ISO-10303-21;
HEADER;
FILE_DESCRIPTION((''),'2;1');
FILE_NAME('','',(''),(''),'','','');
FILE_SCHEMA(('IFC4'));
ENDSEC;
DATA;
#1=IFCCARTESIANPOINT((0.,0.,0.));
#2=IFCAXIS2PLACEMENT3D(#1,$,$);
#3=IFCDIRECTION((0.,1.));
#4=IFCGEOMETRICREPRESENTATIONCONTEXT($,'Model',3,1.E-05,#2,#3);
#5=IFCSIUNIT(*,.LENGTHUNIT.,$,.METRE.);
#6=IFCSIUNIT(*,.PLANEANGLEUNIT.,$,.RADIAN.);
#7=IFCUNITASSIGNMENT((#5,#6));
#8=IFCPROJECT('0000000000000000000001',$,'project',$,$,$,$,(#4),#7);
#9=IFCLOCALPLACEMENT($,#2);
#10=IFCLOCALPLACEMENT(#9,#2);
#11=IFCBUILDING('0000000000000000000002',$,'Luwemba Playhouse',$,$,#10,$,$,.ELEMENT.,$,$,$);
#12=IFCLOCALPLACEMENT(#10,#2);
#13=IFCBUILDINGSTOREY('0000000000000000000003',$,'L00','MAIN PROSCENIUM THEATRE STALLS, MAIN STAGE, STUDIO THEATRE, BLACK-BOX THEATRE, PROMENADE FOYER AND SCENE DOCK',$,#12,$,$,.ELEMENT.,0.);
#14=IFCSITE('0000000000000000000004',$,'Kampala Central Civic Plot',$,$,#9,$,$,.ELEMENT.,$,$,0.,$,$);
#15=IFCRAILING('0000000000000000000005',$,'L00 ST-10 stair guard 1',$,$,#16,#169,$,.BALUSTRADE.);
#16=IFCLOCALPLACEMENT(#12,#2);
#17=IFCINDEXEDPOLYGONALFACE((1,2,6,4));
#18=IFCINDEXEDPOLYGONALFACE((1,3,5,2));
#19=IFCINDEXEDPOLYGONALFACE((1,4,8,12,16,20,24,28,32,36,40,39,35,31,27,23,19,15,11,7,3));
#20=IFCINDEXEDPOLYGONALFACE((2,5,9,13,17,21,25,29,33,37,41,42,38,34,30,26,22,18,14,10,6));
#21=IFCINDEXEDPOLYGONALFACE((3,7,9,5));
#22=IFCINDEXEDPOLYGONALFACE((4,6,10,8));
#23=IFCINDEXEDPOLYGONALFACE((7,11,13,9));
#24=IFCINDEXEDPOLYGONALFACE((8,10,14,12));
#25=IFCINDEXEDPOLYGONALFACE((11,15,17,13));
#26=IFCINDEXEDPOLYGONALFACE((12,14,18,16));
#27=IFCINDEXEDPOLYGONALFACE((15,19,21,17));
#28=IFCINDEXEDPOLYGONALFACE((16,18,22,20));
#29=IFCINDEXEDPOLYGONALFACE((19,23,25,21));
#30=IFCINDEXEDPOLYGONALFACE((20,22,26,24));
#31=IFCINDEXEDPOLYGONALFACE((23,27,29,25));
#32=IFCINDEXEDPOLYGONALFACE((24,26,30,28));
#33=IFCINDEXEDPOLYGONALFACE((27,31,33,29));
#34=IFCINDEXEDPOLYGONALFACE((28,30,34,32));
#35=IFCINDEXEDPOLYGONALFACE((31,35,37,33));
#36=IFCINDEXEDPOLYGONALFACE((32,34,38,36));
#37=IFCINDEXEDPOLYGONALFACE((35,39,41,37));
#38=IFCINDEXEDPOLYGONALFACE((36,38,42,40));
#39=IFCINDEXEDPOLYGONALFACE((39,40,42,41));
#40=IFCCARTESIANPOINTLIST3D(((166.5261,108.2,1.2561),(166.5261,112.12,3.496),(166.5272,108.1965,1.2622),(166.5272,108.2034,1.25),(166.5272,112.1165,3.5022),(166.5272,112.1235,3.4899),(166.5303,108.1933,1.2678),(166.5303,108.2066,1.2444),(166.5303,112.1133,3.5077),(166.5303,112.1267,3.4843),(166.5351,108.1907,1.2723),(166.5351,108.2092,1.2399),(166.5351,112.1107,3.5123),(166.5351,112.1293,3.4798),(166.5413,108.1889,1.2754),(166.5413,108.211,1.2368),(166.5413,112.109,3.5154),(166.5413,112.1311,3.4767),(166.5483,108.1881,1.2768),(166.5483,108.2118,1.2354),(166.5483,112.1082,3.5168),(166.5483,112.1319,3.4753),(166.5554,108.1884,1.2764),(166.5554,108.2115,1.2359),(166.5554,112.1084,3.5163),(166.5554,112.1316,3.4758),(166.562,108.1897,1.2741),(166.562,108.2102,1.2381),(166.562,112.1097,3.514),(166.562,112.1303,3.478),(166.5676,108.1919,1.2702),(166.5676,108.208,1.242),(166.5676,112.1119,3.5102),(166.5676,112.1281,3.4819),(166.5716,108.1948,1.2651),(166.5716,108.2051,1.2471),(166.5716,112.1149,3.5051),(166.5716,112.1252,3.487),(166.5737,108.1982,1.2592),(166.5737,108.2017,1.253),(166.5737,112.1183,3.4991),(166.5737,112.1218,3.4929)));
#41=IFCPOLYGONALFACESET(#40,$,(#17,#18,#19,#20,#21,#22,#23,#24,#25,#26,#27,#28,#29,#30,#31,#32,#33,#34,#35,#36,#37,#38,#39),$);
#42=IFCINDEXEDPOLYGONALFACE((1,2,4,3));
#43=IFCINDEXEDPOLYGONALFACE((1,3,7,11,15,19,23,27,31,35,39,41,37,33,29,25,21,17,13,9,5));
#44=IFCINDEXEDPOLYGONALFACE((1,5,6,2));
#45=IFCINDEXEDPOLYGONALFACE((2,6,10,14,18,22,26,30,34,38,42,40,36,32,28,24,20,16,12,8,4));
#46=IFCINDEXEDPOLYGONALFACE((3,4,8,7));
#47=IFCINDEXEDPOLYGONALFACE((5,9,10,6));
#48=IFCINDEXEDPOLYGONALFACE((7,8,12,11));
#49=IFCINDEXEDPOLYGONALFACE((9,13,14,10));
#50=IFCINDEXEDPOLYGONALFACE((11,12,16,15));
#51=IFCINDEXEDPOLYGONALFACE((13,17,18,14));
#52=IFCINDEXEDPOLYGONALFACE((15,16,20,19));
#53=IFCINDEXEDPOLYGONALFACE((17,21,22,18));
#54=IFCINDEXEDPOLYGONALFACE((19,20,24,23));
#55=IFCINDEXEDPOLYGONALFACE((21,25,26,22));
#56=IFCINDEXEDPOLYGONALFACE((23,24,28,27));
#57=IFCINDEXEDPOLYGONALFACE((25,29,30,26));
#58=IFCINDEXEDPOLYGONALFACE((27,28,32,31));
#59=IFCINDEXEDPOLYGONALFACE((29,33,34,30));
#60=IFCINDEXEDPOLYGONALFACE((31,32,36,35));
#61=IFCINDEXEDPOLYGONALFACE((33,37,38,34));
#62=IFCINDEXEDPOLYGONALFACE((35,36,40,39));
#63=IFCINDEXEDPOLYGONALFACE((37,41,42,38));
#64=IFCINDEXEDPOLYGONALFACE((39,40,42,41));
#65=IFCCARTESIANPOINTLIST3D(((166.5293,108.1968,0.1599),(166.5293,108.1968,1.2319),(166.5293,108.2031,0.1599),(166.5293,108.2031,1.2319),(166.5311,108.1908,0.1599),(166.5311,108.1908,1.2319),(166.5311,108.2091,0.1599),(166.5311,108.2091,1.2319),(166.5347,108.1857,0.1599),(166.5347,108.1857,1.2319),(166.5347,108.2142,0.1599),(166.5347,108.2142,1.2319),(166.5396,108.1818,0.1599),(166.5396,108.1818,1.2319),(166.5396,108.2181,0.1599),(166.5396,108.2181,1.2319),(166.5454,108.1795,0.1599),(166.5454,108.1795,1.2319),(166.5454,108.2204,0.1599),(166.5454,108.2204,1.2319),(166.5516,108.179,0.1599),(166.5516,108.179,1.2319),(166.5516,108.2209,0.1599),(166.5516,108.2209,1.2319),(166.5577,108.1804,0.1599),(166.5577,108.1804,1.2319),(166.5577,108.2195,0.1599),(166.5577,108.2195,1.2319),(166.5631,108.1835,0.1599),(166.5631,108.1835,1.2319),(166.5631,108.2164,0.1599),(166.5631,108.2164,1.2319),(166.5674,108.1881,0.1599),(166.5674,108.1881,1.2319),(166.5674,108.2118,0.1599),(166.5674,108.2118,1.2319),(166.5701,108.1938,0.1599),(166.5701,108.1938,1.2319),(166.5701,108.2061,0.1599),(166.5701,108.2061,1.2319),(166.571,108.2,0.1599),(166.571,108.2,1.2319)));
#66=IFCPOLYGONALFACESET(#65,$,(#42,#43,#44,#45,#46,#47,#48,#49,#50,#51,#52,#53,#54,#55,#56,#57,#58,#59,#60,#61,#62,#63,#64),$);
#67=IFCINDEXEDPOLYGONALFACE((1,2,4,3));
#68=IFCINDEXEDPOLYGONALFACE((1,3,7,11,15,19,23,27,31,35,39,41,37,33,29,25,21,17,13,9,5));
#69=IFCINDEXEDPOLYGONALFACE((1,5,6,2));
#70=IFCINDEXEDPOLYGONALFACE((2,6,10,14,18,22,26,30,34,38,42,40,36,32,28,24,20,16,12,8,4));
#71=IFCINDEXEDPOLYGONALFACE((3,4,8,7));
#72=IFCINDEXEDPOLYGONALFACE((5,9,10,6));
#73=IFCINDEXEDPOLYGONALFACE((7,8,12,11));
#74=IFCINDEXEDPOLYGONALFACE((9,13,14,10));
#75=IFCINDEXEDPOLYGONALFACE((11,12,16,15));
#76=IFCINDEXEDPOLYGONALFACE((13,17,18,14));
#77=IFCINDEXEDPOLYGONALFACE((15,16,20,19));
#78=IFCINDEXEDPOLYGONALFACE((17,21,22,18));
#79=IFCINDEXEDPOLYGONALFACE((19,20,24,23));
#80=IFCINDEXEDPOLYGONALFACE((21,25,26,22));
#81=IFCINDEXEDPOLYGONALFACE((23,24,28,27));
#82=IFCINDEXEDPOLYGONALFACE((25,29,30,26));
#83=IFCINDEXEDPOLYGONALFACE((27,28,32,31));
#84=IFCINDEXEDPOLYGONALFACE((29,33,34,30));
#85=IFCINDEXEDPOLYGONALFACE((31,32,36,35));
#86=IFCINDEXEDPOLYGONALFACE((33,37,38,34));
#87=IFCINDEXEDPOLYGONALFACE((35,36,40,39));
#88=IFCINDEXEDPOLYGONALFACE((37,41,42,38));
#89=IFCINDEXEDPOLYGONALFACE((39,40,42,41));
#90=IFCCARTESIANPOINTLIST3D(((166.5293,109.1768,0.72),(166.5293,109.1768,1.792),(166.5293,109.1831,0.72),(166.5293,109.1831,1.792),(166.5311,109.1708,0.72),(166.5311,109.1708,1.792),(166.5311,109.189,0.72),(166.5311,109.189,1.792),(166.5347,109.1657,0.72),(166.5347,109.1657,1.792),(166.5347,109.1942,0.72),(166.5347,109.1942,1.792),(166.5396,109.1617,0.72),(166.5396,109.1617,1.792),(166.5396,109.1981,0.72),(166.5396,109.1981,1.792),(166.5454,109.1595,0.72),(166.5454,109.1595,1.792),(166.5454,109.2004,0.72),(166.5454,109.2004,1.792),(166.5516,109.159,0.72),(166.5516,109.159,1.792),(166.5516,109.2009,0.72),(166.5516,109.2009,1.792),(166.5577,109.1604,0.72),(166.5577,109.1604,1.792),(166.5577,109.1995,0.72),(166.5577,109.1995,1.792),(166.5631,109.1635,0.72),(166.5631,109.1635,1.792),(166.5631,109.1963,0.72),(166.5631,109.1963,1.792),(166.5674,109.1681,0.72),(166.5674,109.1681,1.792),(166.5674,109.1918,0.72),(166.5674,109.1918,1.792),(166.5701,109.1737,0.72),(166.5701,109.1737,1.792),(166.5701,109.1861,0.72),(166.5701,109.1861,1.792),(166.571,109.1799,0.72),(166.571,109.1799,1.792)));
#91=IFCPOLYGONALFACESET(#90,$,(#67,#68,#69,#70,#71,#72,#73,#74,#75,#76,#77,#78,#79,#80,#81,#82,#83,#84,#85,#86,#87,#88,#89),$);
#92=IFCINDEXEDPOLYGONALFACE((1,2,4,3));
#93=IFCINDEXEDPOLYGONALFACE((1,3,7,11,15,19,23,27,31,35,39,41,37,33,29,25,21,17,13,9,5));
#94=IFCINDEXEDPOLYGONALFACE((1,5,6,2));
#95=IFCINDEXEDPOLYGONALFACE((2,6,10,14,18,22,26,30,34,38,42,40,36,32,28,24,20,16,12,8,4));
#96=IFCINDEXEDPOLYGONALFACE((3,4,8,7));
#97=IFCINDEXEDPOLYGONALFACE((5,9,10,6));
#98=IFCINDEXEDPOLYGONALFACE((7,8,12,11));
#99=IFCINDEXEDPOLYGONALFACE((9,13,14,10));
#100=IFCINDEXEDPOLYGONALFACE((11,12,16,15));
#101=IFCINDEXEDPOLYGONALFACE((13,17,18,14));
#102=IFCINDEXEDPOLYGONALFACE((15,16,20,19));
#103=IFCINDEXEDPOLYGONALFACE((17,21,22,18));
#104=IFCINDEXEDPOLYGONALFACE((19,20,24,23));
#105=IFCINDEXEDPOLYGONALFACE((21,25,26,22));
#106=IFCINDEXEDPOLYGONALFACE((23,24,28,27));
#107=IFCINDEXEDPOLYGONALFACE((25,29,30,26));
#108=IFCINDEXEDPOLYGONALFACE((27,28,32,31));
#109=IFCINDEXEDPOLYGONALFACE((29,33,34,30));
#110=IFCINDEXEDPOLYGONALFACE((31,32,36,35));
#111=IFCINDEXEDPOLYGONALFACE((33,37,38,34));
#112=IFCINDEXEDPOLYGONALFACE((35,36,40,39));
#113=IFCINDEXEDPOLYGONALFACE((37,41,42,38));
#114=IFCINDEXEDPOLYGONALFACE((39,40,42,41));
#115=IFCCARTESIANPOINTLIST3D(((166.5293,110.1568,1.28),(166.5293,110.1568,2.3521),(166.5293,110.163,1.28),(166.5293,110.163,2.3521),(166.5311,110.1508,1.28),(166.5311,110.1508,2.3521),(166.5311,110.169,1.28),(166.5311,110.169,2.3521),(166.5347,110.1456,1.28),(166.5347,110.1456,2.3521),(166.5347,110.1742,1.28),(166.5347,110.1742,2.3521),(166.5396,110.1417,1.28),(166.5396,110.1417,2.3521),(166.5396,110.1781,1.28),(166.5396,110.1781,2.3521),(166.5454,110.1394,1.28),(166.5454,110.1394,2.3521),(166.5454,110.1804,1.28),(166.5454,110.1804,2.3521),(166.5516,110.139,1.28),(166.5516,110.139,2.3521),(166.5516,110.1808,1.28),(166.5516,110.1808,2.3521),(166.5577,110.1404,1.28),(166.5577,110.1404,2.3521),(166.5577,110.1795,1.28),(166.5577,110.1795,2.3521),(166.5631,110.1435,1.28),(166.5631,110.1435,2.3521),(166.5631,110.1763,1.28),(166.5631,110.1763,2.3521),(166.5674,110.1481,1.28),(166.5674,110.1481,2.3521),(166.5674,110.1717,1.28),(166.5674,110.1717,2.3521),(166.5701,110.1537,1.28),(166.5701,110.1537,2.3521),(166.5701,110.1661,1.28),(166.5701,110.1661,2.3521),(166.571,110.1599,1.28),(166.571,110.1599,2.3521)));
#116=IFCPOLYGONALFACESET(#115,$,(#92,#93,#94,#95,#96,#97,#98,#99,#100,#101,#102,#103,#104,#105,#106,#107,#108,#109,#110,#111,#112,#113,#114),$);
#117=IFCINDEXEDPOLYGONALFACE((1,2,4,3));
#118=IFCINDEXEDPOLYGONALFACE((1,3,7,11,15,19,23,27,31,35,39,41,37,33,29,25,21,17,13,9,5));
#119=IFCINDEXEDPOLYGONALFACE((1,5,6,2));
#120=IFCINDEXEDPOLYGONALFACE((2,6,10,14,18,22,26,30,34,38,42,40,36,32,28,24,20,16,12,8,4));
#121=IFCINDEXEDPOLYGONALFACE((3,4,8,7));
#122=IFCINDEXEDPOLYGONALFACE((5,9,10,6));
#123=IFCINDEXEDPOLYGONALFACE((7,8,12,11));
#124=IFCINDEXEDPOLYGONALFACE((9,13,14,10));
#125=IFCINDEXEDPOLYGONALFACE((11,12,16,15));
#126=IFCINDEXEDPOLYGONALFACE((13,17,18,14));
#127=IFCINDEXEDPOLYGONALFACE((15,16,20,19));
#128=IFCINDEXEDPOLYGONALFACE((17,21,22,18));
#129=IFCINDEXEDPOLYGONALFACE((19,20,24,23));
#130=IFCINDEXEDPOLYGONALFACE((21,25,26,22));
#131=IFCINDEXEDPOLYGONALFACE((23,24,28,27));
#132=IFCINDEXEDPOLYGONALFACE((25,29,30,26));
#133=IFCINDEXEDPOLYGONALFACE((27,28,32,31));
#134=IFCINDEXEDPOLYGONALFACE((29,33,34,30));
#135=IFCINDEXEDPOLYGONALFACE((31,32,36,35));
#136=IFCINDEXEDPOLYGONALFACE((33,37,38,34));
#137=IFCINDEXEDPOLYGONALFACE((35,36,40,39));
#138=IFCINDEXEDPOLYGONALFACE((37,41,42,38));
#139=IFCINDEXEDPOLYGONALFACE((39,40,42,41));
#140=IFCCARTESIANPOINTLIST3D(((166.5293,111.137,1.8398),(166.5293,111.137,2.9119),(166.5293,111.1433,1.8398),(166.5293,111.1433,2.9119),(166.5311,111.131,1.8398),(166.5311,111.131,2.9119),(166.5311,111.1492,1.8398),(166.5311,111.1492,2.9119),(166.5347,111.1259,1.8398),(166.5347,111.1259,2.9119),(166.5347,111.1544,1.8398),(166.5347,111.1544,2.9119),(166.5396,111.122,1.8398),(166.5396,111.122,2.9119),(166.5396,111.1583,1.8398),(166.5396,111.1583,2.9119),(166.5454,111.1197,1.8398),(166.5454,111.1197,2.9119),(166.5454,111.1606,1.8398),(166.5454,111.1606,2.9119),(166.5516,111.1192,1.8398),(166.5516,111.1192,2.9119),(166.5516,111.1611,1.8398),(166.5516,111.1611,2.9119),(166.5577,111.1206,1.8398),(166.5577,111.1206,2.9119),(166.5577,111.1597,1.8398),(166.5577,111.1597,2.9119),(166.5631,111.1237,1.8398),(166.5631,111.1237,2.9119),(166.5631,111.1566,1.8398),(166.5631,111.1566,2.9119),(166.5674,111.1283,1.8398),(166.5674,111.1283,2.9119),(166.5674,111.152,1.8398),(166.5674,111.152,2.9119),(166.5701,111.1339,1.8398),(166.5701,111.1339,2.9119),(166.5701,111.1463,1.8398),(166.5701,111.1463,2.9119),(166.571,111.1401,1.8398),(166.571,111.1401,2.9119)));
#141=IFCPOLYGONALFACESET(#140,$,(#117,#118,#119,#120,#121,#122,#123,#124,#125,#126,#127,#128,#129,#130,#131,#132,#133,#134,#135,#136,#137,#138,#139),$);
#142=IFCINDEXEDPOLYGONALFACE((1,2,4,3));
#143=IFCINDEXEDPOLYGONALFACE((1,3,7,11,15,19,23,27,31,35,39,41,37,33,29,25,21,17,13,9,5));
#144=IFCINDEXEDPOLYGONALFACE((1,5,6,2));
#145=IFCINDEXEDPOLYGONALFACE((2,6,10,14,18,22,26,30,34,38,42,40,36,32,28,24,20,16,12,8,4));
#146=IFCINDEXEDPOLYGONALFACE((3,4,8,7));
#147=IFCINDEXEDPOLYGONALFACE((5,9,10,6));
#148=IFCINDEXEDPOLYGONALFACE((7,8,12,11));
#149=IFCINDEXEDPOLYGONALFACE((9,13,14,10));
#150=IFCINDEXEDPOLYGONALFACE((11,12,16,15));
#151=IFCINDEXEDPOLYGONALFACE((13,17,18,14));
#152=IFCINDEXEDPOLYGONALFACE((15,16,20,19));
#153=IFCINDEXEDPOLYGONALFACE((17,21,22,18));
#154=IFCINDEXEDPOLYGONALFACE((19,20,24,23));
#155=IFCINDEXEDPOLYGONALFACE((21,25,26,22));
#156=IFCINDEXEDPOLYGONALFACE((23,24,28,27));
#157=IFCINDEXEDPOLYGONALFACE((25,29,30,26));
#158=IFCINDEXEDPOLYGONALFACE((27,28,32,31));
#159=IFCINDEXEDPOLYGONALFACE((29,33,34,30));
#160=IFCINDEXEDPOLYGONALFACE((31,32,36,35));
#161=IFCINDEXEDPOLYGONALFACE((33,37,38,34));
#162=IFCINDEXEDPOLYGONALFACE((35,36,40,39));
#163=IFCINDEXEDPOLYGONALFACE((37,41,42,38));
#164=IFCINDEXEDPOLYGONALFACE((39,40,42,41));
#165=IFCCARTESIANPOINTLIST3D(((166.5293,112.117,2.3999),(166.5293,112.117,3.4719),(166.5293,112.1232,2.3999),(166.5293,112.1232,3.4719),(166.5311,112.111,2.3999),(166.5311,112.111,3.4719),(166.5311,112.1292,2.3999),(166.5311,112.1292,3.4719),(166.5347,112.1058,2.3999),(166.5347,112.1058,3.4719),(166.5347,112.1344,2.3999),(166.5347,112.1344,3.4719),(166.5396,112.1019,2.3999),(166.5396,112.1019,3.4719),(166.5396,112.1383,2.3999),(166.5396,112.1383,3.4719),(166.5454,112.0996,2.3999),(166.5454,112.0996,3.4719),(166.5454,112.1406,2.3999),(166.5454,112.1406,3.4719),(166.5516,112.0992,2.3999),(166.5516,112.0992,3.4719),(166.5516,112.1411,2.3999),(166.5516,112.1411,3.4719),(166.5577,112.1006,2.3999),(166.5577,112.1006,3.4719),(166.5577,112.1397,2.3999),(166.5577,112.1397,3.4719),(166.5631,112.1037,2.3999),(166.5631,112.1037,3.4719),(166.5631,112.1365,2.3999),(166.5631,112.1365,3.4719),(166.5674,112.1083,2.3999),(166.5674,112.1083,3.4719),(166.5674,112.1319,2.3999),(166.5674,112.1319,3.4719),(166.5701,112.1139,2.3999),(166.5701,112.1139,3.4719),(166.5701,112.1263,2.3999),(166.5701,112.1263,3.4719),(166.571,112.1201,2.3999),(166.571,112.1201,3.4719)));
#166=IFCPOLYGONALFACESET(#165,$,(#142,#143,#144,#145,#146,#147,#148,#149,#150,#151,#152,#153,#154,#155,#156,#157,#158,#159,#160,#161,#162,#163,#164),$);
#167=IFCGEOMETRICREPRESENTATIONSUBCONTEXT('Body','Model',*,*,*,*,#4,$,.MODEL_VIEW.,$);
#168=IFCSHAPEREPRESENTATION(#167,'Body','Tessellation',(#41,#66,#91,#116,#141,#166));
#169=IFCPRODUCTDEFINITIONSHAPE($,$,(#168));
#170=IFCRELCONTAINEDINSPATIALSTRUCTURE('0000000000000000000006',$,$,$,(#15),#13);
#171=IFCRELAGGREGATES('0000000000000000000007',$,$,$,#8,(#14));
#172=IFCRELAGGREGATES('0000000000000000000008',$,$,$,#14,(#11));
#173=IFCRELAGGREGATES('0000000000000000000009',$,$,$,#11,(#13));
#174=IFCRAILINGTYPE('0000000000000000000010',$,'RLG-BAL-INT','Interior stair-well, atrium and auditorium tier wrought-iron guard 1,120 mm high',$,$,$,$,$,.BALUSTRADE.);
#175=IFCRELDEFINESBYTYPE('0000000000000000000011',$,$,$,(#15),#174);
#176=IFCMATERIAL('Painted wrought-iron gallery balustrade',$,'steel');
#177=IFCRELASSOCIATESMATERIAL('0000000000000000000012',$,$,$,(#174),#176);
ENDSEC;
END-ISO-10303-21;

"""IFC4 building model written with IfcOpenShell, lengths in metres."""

from ifc_helpers import new_model, si_unit, direction, frame, origin, origin_2d, place, context, subcontext, project, spatial, circle, extrude, material, type_object, element, save


model = new_model("IFC4")

# Units and contexts
model_context = context("Model", 3, precision=1e-05, world=origin(), true_north=direction((0.0, 1.0)))
body_context = subcontext(model_context, "Body", "Model", "MODEL_VIEW")
ifc_project = project(units=[si_unit("LENGTHUNIT", "METRE"), si_unit("PLANEANGLEUNIT", "RADIAN")], contexts=[model_context])

# Site, building, storey
site_placement = place(None, origin())
site = spatial("IfcSite", under=ifc_project, at=site_placement, Name="Kampala Central Civic Plot", CompositionType="ELEMENT", RefElevation=0.0)
building_placement = place(site_placement, origin())
building = spatial("IfcBuilding", under=site, at=building_placement, Name="Luwemba Playhouse", CompositionType="ELEMENT")
storey_placement = place(building_placement, origin())
storey = spatial("IfcBuildingStorey", under=building, at=storey_placement, Name="L00", Description="MAIN PROSCENIUM THEATRE STALLS, MAIN STAGE, STUDIO THEATRE, BLACK-BOX THEATRE, PROMENADE FOYER AND SCENE DOCK", CompositionType="ELEMENT", Elevation=0.0)

# Railing
ifc_material_1 = material(Name="Painted wrought-iron gallery balustrade", Category="steel")
railing_type_1 = type_object("IfcRailingType", Name="RLG-BAL-INT", Description="Interior stair-well, atrium and auditorium tier wrought-iron guard 1,120 mm high", PredefinedType="BALUSTRADE", material=ifc_material_1)
railing_1_placement = place(storey_placement, frame((166.55, 108.2, 0.1599)))
element("IfcRailing", 1, at=railing_1_placement, inside=storey, type_object=railing_type_1, Name="L00 ST-10 stair guard 1", PredefinedType="BALUSTRADE", context=body_context, shape_type="SweptSolid", body=[
    extrude(circle(Radius=0.0239, at=origin_2d()), frame((0.0, 0.0, 1.0962), z_axis=(0.0, 0.868253, 0.496121), x_axis=(-1.0, 0.0, 0.0)), (0.0, 0.0, 1.0), 4.5149),
    extrude(circle(Radius=0.021, at=origin_2d()), origin(), (0.0, 0.0, 1.0), 1.072),
    extrude(circle(Radius=0.021, at=origin_2d()), frame((0.0, 0.98, 0.5601)), (0.0, 0.0, 1.0), 1.072),
    extrude(circle(Radius=0.021, at=origin_2d()), frame((0.0, 1.96, 1.1201)), (0.0, 0.0, 1.0), 1.072),
    extrude(circle(Radius=0.021, at=origin_2d()), frame((0.0, 2.9402, 1.6799)), (0.0, 0.0, 1.0), 1.072),
    extrude(circle(Radius=0.021, at=origin_2d()), frame((0.0, 3.9202, 2.24)), (0.0, 0.0, 1.0), 1.072),
])

save(model, "model.ifc")
